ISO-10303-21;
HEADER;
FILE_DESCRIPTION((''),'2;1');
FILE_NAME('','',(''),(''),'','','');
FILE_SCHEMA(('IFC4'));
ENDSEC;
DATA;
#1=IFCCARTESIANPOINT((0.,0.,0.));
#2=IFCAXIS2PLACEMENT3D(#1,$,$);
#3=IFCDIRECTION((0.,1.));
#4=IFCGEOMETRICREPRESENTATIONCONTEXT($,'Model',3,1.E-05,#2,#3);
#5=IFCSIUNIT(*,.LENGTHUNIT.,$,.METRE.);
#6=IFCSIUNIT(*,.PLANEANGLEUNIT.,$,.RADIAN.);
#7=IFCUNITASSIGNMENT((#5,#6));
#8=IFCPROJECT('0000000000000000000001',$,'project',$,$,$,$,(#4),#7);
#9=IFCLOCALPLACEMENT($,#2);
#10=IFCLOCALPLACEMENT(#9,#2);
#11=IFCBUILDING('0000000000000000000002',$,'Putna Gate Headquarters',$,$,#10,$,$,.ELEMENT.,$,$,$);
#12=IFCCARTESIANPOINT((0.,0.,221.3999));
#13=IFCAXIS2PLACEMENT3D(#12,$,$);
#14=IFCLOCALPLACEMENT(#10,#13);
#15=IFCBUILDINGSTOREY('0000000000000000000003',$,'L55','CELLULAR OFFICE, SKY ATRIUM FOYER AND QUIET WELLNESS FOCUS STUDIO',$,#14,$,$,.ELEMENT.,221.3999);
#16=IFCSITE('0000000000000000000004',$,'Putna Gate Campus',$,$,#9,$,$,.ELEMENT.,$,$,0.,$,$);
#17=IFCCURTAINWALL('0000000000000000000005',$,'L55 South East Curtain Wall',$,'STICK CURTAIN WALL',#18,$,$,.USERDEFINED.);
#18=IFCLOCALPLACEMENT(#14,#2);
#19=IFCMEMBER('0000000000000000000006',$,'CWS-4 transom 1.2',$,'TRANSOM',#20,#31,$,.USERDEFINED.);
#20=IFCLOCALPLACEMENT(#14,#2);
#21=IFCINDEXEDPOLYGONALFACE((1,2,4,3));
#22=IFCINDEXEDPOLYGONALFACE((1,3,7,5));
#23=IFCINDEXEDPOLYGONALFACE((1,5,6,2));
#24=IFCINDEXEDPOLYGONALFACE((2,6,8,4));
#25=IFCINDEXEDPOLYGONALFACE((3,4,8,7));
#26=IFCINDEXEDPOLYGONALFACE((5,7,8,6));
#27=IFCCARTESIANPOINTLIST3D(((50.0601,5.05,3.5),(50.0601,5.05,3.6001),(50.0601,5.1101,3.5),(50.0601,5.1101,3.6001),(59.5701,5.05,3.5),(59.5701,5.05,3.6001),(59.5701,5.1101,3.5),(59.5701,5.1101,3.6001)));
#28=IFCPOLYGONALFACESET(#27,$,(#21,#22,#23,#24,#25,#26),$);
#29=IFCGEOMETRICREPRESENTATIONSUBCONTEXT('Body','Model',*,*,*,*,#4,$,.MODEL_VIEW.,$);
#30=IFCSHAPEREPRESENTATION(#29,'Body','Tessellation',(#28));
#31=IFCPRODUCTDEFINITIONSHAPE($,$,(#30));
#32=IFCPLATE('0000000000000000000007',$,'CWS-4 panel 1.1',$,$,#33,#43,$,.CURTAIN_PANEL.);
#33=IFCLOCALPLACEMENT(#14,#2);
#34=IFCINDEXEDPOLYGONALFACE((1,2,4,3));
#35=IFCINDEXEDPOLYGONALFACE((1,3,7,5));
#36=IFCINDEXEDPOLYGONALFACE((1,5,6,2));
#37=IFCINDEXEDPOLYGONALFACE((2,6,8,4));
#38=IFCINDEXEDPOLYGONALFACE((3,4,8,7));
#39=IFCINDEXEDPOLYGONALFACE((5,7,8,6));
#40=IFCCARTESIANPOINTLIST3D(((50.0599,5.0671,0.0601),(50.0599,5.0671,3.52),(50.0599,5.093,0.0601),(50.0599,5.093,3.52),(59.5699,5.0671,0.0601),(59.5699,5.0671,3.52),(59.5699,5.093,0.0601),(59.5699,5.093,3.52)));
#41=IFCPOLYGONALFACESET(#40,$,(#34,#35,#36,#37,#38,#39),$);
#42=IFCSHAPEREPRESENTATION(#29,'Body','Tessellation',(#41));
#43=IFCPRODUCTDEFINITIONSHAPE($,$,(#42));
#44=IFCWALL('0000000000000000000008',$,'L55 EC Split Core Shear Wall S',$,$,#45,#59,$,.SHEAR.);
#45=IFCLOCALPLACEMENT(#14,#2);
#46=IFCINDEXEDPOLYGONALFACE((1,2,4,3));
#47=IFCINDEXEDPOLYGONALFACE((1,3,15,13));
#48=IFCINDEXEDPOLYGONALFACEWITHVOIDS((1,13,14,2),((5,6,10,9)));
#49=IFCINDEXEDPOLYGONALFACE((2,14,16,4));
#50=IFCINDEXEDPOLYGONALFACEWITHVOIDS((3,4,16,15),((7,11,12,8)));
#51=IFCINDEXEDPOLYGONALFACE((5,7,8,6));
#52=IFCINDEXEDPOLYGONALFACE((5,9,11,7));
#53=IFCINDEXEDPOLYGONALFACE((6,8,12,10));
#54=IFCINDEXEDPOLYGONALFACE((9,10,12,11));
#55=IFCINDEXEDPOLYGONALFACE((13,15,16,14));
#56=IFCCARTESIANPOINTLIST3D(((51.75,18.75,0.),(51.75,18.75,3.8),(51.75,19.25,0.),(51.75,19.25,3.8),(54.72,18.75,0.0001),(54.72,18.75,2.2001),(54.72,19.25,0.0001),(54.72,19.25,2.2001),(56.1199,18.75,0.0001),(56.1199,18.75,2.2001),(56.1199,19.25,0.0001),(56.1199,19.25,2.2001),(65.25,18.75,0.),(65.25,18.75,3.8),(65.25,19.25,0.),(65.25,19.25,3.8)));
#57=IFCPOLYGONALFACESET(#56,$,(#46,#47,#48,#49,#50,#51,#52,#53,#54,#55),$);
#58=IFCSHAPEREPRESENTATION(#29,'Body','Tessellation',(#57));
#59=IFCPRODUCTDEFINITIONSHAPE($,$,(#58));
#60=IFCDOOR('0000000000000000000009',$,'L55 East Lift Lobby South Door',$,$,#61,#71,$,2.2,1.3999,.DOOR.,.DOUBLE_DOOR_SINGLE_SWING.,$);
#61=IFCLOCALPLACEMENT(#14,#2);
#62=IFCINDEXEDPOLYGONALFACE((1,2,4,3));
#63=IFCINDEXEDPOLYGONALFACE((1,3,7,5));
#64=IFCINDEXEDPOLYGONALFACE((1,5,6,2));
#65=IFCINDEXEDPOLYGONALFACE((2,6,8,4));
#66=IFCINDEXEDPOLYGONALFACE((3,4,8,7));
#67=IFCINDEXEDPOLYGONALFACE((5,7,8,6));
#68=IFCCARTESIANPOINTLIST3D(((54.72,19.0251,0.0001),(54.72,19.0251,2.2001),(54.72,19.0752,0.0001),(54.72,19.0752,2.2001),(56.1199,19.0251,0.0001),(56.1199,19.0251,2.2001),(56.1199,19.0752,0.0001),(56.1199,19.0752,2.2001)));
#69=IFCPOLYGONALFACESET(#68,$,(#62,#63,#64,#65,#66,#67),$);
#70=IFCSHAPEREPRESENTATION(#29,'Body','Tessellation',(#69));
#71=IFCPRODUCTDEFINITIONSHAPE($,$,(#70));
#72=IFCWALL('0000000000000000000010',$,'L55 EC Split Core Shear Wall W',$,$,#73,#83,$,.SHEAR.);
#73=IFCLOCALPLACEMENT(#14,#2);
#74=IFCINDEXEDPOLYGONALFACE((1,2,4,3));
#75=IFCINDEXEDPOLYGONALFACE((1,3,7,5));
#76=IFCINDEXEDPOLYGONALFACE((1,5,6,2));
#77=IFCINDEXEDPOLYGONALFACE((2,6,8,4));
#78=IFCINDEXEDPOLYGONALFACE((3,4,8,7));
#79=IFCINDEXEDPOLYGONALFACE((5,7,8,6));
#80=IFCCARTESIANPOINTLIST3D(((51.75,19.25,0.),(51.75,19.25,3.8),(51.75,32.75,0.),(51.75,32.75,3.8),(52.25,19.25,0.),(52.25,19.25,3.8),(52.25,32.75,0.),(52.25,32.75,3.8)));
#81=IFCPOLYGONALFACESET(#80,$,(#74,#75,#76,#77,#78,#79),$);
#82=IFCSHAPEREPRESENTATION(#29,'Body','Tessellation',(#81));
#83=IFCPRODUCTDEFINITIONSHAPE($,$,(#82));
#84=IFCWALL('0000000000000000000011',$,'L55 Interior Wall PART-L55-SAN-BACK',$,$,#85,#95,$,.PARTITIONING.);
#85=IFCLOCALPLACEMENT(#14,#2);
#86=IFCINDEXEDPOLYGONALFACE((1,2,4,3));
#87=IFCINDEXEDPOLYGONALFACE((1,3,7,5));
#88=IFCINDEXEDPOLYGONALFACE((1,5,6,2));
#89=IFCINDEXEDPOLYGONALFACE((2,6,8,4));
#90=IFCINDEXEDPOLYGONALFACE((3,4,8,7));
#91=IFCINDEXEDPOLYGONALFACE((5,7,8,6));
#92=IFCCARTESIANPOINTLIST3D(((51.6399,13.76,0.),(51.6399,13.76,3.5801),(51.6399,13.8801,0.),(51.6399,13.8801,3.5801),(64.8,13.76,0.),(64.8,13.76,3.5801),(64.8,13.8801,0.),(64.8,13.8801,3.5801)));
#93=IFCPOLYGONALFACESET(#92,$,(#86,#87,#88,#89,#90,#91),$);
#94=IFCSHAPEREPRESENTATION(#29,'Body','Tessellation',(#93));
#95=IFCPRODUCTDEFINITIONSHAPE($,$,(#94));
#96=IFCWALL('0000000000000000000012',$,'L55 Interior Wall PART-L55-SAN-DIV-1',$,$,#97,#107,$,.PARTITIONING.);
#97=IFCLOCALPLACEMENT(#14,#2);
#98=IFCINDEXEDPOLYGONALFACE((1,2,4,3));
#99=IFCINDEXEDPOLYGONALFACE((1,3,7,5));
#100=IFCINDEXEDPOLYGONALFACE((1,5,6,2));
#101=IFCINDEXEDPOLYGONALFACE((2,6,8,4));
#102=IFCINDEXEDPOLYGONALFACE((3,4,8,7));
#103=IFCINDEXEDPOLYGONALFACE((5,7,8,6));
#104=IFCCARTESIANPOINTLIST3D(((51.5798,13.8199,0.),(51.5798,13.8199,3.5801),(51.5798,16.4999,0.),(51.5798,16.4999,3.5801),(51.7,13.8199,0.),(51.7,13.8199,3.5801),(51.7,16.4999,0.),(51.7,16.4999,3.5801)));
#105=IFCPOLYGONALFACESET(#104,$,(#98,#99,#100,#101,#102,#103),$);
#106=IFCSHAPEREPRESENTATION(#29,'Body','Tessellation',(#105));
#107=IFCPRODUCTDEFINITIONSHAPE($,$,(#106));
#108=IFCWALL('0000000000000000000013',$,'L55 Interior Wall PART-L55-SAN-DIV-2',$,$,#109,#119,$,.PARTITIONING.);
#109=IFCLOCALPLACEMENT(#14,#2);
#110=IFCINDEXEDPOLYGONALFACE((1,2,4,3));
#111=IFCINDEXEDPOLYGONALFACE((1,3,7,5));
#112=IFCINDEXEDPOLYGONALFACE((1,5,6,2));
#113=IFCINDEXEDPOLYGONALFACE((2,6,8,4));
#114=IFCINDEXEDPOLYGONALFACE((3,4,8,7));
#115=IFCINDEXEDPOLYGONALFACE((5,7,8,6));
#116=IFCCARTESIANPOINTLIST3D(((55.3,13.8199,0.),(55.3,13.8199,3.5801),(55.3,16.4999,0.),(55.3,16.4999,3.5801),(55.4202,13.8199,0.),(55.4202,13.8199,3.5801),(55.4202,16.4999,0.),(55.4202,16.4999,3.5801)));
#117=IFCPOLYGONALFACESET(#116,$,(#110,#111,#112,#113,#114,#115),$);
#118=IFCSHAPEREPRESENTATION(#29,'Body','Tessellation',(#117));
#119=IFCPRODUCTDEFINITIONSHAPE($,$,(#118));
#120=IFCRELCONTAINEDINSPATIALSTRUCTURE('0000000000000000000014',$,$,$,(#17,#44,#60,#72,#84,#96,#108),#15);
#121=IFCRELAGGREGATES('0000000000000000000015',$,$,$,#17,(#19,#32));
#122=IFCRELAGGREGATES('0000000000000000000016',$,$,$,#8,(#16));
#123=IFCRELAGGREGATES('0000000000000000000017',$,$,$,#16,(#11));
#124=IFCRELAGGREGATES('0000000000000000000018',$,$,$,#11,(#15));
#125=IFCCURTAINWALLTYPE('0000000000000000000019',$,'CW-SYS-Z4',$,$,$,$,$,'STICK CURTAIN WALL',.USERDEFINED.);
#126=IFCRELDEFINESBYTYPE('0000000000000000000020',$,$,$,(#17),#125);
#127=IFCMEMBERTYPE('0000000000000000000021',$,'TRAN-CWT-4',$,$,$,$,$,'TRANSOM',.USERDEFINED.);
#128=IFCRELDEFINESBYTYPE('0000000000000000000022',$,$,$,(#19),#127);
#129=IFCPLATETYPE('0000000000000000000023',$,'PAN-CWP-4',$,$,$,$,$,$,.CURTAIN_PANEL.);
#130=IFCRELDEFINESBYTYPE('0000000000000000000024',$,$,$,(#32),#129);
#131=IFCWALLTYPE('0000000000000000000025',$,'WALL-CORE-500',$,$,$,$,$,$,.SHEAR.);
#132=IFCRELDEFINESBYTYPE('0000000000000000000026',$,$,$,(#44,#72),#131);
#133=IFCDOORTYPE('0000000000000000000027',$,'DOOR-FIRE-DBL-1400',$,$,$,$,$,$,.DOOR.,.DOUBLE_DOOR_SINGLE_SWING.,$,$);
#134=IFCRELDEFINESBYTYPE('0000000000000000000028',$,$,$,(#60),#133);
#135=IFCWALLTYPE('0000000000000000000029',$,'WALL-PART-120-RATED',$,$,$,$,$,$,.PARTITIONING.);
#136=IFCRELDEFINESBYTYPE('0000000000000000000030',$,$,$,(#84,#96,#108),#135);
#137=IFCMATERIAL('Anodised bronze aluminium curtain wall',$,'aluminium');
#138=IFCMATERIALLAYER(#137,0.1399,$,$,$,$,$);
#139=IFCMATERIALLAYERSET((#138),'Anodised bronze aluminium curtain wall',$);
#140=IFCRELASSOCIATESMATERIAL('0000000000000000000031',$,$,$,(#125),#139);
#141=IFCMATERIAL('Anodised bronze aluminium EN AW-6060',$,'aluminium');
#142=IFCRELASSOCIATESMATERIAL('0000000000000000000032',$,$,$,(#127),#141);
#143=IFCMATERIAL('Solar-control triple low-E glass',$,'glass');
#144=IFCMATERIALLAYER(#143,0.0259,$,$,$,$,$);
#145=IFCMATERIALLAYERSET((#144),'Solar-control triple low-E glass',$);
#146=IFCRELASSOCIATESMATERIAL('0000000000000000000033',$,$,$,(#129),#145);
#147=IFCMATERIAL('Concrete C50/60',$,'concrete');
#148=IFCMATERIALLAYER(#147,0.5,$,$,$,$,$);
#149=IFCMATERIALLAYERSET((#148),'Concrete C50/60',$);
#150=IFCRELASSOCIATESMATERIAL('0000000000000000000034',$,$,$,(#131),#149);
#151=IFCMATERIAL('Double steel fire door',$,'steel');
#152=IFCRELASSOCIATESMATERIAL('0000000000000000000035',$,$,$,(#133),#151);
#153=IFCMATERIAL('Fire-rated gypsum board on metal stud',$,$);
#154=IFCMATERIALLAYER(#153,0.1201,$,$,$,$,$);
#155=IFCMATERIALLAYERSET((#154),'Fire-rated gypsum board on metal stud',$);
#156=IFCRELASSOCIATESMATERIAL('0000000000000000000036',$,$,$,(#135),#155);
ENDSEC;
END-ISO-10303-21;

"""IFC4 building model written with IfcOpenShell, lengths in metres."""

from ifc_helpers import new_model, si_unit, direction, frame, frame_2d, origin, origin_2d, place, context, subcontext, project, spatial, rectangle, extrude, material, layer, layer_set, material_profile, profile_set, type_object, element, fill, aggregate, save


model = new_model("IFC4")

# Units and contexts
model_context = context("Model", 3, precision=1e-05, world=origin(), true_north=direction((0.0, 1.0)))
body_context = subcontext(model_context, "Body", "Model", "MODEL_VIEW")
ifc_project = project(units=[si_unit("LENGTHUNIT", "METRE"), si_unit("PLANEANGLEUNIT", "RADIAN")], contexts=[model_context])

# Site, building, storey
site_placement = place(None, origin())
site = spatial("IfcSite", under=ifc_project, at=site_placement, Name="Putna Gate Campus", CompositionType="ELEMENT", RefElevation=0.0)
building_placement = place(site_placement, origin())
building = spatial("IfcBuilding", under=site, at=building_placement, Name="Putna Gate Headquarters", CompositionType="ELEMENT")
storey_placement = place(building_placement, frame((0.0, 0.0, 221.3999)))
storey = spatial("IfcBuildingStorey", under=building, at=storey_placement, Name="L55", Description="CELLULAR OFFICE, SKY ATRIUM FOYER AND QUIET WELLNESS FOCUS STUDIO", CompositionType="ELEMENT", Elevation=221.3999)

# Curtain wall
ifc_material_1 = material(Name="Anodised bronze aluminium curtain wall", Category="aluminium")
ifc_layer_1 = layer(ifc_material_1, 0.1399)
ifc_layer_set_1 = layer_set([ifc_layer_1], Name="Anodised bronze aluminium curtain wall")
curtain_wall_type_1 = type_object("IfcCurtainWallType", Name="CW-SYS-Z4", ElementType="STICK CURTAIN WALL", PredefinedType="USERDEFINED", material=ifc_layer_set_1)
curtain_wall_1_placement = place(storey_placement, origin())
curtain_wall_1 = element("IfcCurtainWall", 1, at=curtain_wall_1_placement, inside=storey, type_object=curtain_wall_type_1, Name="L55 South East Curtain Wall", ObjectType="STICK CURTAIN WALL", PredefinedType="USERDEFINED")
ifc_material_2 = material(Name="Anodised bronze aluminium EN AW-6060", Category="aluminium")

# Member
ifc_material_profile_1 = material_profile(ifc_material_2, rectangle(XDim=0.0601, YDim=0.1001, at=origin_2d()), Name="Anodised bronze aluminium EN AW-6060")
ifc_profile_set_1 = profile_set([ifc_material_profile_1], Name="Anodised bronze aluminium EN AW-6060")
member_type_1 = type_object("IfcMemberType", Name="TRAN-CWT-4", ElementType="TRANSOM", PredefinedType="USERDEFINED", material=ifc_profile_set_1)
member_1_placement = place(storey_placement, frame((50.0601, 5.0801, 3.55), z_axis=(1.0, 0.0, 0.0), x_axis=(0.0, 1.0, 0.0)))
member_1 = element("IfcMember", 2, at=member_1_placement, type_object=member_type_1, Name="CWS-4 transom 1.2", ObjectType="TRANSOM", PredefinedType="USERDEFINED", context=body_context, shape_type="SweptSolid", body=[
    extrude(rectangle(XDim=0.0601, YDim=0.1001, at=origin_2d()), origin(), (0.0, 0.0, 1.0), 9.51),
])

# Plate
ifc_material_3 = material(Name="Solar-control triple low-E glass", Category="glass")
ifc_layer_2 = layer(ifc_material_3, 0.0259)
ifc_layer_set_2 = layer_set([ifc_layer_2], Name="Solar-control triple low-E glass")
plate_type = type_object("IfcPlateType", Name="PAN-CWP-4", PredefinedType="CURTAIN_PANEL", material=ifc_layer_set_2)
plate_placement = place(storey_placement, frame((54.8149, 5.0801, 0.0601), z_axis=(0.0, 0.0, 1.0), x_axis=(1.0, 0.0, 0.0)))
plate = element("IfcPlate", 3, at=plate_placement, type_object=plate_type, Name="CWS-4 panel 1.1", PredefinedType="CURTAIN_PANEL", context=body_context, shape_type="SweptSolid", body=[
    extrude(rectangle(XDim=9.51, YDim=0.0259, at=origin_2d()), origin(), (0.0, 0.0, 1.0), 3.46),
])
aggregate(curtain_wall_1, [member_1, plate])

# Wall, opening, door
ifc_material_4 = material(Name="Concrete C50/60", Category="concrete")
ifc_layer_3 = layer(ifc_material_4, 0.5)
ifc_layer_set_3 = layer_set([ifc_layer_3], Name="Concrete C50/60")
wall_type_1 = type_object("IfcWallType", Name="WALL-CORE-500", PredefinedType="SHEAR", material=ifc_layer_set_3)
wall_1_placement = place(storey_placement, frame((51.75, 19.0, 0.0), z_axis=(0.0, 0.0, 1.0), x_axis=(1.0, 0.0, 0.0)))
wall_1 = element("IfcWall", 4, at=wall_1_placement, inside=storey, type_object=wall_type_1, Name="L55 EC Split Core Shear Wall S", PredefinedType="SHEAR", context=body_context, shape_type="SweptSolid", body=[
    extrude(rectangle(XDim=13.5, YDim=0.5, at=frame_2d((6.75, 0.0))), origin(), (0.0, 0.0, 1.0), 3.8),
])
opening_1_placement = place(wall_1_placement, frame((2.97, 0.0, 0.0)))
opening_1 = element("IfcOpeningElement", 5, at=opening_1_placement, cuts=wall_1, PredefinedType="OPENING", context=body_context, shape_type="SweptSolid", body=[
    extrude(rectangle(XDim=1.3999, YDim=2.2, at=frame_2d((0.7, 1.1001))), frame((0.0, 0.26, 0.0), z_axis=(0.0, -1.0, 0.0), x_axis=(1.0, 0.0, 0.0)), (0.0, 0.0, 1.0), 0.52),
])
ifc_material_5 = material(Name="Double steel fire door", Category="steel")
door_type_1 = type_object("IfcDoorType", Name="DOOR-FIRE-DBL-1400", OperationType="DOUBLE_DOOR_SINGLE_SWING", PredefinedType="DOOR", material=ifc_material_5)
door_1_placement = place(opening_1_placement, origin())
door_1 = element("IfcDoor", 6, at=door_1_placement, inside=storey, type_object=door_type_1, Name="L55 East Lift Lobby South Door", OperationType="DOUBLE_DOOR_SINGLE_SWING", OverallHeight=2.2, OverallWidth=1.3999, PredefinedType="DOOR", context=body_context, shape_type="SweptSolid", body=[
    extrude(rectangle(XDim=1.3999, YDim=2.2, at=frame_2d((0.7, 1.1001))), frame((0.0, 0.0752, 0.0), z_axis=(0.0, -1.0, 0.0), x_axis=(1.0, 0.0, 0.0)), (0.0, 0.0, 1.0), 0.05),
])
fill(opening_1, door_1)

# Wall
wall_2_placement = place(storey_placement, frame((52.0, 19.25, 0.0), z_axis=(0.0, 0.0, 1.0), x_axis=(0.0, 1.0, 0.0)))
element("IfcWall", 7, at=wall_2_placement, inside=storey, type_object=wall_type_1, Name="L55 EC Split Core Shear Wall W", PredefinedType="SHEAR", context=body_context, shape_type="SweptSolid", body=[
    extrude(rectangle(XDim=13.5, YDim=0.5, at=frame_2d((6.75, 0.0))), origin(), (0.0, 0.0, 1.0), 3.8),
])

# Shared definitions
ifc_material_6 = material(Name="Fire-rated gypsum board on metal stud")
ifc_layer_4 = layer(ifc_material_6, 0.1201)
ifc_layer_set_4 = layer_set([ifc_layer_4], Name="Fire-rated gypsum board on metal stud")
wall_type_2 = type_object("IfcWallType", Name="WALL-PART-120-RATED", PredefinedType="PARTITIONING", material=ifc_layer_set_4)

# Walls
wall_3_placement = place(storey_placement, frame((51.6399, 13.8201, 0.0), z_axis=(0.0, 0.0, 1.0), x_axis=(1.0, 0.0, 0.0)))
element("IfcWall", 8, at=wall_3_placement, inside=storey, type_object=wall_type_2, Name="L55 Interior Wall PART-L55-SAN-BACK", PredefinedType="PARTITIONING", context=body_context, shape_type="SweptSolid", body=[
    extrude(rectangle(XDim=13.1602, YDim=0.1201, at=frame_2d((6.5801, 0.0))), origin(), (0.0, 0.0, 1.0), 3.5801),
])
for number, where, z_axis, x_axis, name in (
    (9, (51.6399, 13.8201, 0.0), (0.0, 0.0, 1.0), (0.0, 1.0, 0.0), "L55 Interior Wall PART-L55-SAN-DIV-1"),
    (10, (55.3601, 13.8201, 0.0), (0.0, 0.0, 1.0), (0.0, 1.0, 0.0), "L55 Interior Wall PART-L55-SAN-DIV-2"),
):
    element("IfcWall", number, at=place(storey_placement, frame(where, z_axis=z_axis, x_axis=x_axis)), inside=storey, type_object=wall_type_2, Name=name, PredefinedType="PARTITIONING", context=body_context, shape_type="SweptSolid", body=[
        extrude(rectangle(XDim=2.6799, YDim=0.1201, at=frame_2d((1.3398, 0.0))), origin(), (0.0, 0.0, 1.0), 3.5801),
    ])

save(model, "model.ifc")
